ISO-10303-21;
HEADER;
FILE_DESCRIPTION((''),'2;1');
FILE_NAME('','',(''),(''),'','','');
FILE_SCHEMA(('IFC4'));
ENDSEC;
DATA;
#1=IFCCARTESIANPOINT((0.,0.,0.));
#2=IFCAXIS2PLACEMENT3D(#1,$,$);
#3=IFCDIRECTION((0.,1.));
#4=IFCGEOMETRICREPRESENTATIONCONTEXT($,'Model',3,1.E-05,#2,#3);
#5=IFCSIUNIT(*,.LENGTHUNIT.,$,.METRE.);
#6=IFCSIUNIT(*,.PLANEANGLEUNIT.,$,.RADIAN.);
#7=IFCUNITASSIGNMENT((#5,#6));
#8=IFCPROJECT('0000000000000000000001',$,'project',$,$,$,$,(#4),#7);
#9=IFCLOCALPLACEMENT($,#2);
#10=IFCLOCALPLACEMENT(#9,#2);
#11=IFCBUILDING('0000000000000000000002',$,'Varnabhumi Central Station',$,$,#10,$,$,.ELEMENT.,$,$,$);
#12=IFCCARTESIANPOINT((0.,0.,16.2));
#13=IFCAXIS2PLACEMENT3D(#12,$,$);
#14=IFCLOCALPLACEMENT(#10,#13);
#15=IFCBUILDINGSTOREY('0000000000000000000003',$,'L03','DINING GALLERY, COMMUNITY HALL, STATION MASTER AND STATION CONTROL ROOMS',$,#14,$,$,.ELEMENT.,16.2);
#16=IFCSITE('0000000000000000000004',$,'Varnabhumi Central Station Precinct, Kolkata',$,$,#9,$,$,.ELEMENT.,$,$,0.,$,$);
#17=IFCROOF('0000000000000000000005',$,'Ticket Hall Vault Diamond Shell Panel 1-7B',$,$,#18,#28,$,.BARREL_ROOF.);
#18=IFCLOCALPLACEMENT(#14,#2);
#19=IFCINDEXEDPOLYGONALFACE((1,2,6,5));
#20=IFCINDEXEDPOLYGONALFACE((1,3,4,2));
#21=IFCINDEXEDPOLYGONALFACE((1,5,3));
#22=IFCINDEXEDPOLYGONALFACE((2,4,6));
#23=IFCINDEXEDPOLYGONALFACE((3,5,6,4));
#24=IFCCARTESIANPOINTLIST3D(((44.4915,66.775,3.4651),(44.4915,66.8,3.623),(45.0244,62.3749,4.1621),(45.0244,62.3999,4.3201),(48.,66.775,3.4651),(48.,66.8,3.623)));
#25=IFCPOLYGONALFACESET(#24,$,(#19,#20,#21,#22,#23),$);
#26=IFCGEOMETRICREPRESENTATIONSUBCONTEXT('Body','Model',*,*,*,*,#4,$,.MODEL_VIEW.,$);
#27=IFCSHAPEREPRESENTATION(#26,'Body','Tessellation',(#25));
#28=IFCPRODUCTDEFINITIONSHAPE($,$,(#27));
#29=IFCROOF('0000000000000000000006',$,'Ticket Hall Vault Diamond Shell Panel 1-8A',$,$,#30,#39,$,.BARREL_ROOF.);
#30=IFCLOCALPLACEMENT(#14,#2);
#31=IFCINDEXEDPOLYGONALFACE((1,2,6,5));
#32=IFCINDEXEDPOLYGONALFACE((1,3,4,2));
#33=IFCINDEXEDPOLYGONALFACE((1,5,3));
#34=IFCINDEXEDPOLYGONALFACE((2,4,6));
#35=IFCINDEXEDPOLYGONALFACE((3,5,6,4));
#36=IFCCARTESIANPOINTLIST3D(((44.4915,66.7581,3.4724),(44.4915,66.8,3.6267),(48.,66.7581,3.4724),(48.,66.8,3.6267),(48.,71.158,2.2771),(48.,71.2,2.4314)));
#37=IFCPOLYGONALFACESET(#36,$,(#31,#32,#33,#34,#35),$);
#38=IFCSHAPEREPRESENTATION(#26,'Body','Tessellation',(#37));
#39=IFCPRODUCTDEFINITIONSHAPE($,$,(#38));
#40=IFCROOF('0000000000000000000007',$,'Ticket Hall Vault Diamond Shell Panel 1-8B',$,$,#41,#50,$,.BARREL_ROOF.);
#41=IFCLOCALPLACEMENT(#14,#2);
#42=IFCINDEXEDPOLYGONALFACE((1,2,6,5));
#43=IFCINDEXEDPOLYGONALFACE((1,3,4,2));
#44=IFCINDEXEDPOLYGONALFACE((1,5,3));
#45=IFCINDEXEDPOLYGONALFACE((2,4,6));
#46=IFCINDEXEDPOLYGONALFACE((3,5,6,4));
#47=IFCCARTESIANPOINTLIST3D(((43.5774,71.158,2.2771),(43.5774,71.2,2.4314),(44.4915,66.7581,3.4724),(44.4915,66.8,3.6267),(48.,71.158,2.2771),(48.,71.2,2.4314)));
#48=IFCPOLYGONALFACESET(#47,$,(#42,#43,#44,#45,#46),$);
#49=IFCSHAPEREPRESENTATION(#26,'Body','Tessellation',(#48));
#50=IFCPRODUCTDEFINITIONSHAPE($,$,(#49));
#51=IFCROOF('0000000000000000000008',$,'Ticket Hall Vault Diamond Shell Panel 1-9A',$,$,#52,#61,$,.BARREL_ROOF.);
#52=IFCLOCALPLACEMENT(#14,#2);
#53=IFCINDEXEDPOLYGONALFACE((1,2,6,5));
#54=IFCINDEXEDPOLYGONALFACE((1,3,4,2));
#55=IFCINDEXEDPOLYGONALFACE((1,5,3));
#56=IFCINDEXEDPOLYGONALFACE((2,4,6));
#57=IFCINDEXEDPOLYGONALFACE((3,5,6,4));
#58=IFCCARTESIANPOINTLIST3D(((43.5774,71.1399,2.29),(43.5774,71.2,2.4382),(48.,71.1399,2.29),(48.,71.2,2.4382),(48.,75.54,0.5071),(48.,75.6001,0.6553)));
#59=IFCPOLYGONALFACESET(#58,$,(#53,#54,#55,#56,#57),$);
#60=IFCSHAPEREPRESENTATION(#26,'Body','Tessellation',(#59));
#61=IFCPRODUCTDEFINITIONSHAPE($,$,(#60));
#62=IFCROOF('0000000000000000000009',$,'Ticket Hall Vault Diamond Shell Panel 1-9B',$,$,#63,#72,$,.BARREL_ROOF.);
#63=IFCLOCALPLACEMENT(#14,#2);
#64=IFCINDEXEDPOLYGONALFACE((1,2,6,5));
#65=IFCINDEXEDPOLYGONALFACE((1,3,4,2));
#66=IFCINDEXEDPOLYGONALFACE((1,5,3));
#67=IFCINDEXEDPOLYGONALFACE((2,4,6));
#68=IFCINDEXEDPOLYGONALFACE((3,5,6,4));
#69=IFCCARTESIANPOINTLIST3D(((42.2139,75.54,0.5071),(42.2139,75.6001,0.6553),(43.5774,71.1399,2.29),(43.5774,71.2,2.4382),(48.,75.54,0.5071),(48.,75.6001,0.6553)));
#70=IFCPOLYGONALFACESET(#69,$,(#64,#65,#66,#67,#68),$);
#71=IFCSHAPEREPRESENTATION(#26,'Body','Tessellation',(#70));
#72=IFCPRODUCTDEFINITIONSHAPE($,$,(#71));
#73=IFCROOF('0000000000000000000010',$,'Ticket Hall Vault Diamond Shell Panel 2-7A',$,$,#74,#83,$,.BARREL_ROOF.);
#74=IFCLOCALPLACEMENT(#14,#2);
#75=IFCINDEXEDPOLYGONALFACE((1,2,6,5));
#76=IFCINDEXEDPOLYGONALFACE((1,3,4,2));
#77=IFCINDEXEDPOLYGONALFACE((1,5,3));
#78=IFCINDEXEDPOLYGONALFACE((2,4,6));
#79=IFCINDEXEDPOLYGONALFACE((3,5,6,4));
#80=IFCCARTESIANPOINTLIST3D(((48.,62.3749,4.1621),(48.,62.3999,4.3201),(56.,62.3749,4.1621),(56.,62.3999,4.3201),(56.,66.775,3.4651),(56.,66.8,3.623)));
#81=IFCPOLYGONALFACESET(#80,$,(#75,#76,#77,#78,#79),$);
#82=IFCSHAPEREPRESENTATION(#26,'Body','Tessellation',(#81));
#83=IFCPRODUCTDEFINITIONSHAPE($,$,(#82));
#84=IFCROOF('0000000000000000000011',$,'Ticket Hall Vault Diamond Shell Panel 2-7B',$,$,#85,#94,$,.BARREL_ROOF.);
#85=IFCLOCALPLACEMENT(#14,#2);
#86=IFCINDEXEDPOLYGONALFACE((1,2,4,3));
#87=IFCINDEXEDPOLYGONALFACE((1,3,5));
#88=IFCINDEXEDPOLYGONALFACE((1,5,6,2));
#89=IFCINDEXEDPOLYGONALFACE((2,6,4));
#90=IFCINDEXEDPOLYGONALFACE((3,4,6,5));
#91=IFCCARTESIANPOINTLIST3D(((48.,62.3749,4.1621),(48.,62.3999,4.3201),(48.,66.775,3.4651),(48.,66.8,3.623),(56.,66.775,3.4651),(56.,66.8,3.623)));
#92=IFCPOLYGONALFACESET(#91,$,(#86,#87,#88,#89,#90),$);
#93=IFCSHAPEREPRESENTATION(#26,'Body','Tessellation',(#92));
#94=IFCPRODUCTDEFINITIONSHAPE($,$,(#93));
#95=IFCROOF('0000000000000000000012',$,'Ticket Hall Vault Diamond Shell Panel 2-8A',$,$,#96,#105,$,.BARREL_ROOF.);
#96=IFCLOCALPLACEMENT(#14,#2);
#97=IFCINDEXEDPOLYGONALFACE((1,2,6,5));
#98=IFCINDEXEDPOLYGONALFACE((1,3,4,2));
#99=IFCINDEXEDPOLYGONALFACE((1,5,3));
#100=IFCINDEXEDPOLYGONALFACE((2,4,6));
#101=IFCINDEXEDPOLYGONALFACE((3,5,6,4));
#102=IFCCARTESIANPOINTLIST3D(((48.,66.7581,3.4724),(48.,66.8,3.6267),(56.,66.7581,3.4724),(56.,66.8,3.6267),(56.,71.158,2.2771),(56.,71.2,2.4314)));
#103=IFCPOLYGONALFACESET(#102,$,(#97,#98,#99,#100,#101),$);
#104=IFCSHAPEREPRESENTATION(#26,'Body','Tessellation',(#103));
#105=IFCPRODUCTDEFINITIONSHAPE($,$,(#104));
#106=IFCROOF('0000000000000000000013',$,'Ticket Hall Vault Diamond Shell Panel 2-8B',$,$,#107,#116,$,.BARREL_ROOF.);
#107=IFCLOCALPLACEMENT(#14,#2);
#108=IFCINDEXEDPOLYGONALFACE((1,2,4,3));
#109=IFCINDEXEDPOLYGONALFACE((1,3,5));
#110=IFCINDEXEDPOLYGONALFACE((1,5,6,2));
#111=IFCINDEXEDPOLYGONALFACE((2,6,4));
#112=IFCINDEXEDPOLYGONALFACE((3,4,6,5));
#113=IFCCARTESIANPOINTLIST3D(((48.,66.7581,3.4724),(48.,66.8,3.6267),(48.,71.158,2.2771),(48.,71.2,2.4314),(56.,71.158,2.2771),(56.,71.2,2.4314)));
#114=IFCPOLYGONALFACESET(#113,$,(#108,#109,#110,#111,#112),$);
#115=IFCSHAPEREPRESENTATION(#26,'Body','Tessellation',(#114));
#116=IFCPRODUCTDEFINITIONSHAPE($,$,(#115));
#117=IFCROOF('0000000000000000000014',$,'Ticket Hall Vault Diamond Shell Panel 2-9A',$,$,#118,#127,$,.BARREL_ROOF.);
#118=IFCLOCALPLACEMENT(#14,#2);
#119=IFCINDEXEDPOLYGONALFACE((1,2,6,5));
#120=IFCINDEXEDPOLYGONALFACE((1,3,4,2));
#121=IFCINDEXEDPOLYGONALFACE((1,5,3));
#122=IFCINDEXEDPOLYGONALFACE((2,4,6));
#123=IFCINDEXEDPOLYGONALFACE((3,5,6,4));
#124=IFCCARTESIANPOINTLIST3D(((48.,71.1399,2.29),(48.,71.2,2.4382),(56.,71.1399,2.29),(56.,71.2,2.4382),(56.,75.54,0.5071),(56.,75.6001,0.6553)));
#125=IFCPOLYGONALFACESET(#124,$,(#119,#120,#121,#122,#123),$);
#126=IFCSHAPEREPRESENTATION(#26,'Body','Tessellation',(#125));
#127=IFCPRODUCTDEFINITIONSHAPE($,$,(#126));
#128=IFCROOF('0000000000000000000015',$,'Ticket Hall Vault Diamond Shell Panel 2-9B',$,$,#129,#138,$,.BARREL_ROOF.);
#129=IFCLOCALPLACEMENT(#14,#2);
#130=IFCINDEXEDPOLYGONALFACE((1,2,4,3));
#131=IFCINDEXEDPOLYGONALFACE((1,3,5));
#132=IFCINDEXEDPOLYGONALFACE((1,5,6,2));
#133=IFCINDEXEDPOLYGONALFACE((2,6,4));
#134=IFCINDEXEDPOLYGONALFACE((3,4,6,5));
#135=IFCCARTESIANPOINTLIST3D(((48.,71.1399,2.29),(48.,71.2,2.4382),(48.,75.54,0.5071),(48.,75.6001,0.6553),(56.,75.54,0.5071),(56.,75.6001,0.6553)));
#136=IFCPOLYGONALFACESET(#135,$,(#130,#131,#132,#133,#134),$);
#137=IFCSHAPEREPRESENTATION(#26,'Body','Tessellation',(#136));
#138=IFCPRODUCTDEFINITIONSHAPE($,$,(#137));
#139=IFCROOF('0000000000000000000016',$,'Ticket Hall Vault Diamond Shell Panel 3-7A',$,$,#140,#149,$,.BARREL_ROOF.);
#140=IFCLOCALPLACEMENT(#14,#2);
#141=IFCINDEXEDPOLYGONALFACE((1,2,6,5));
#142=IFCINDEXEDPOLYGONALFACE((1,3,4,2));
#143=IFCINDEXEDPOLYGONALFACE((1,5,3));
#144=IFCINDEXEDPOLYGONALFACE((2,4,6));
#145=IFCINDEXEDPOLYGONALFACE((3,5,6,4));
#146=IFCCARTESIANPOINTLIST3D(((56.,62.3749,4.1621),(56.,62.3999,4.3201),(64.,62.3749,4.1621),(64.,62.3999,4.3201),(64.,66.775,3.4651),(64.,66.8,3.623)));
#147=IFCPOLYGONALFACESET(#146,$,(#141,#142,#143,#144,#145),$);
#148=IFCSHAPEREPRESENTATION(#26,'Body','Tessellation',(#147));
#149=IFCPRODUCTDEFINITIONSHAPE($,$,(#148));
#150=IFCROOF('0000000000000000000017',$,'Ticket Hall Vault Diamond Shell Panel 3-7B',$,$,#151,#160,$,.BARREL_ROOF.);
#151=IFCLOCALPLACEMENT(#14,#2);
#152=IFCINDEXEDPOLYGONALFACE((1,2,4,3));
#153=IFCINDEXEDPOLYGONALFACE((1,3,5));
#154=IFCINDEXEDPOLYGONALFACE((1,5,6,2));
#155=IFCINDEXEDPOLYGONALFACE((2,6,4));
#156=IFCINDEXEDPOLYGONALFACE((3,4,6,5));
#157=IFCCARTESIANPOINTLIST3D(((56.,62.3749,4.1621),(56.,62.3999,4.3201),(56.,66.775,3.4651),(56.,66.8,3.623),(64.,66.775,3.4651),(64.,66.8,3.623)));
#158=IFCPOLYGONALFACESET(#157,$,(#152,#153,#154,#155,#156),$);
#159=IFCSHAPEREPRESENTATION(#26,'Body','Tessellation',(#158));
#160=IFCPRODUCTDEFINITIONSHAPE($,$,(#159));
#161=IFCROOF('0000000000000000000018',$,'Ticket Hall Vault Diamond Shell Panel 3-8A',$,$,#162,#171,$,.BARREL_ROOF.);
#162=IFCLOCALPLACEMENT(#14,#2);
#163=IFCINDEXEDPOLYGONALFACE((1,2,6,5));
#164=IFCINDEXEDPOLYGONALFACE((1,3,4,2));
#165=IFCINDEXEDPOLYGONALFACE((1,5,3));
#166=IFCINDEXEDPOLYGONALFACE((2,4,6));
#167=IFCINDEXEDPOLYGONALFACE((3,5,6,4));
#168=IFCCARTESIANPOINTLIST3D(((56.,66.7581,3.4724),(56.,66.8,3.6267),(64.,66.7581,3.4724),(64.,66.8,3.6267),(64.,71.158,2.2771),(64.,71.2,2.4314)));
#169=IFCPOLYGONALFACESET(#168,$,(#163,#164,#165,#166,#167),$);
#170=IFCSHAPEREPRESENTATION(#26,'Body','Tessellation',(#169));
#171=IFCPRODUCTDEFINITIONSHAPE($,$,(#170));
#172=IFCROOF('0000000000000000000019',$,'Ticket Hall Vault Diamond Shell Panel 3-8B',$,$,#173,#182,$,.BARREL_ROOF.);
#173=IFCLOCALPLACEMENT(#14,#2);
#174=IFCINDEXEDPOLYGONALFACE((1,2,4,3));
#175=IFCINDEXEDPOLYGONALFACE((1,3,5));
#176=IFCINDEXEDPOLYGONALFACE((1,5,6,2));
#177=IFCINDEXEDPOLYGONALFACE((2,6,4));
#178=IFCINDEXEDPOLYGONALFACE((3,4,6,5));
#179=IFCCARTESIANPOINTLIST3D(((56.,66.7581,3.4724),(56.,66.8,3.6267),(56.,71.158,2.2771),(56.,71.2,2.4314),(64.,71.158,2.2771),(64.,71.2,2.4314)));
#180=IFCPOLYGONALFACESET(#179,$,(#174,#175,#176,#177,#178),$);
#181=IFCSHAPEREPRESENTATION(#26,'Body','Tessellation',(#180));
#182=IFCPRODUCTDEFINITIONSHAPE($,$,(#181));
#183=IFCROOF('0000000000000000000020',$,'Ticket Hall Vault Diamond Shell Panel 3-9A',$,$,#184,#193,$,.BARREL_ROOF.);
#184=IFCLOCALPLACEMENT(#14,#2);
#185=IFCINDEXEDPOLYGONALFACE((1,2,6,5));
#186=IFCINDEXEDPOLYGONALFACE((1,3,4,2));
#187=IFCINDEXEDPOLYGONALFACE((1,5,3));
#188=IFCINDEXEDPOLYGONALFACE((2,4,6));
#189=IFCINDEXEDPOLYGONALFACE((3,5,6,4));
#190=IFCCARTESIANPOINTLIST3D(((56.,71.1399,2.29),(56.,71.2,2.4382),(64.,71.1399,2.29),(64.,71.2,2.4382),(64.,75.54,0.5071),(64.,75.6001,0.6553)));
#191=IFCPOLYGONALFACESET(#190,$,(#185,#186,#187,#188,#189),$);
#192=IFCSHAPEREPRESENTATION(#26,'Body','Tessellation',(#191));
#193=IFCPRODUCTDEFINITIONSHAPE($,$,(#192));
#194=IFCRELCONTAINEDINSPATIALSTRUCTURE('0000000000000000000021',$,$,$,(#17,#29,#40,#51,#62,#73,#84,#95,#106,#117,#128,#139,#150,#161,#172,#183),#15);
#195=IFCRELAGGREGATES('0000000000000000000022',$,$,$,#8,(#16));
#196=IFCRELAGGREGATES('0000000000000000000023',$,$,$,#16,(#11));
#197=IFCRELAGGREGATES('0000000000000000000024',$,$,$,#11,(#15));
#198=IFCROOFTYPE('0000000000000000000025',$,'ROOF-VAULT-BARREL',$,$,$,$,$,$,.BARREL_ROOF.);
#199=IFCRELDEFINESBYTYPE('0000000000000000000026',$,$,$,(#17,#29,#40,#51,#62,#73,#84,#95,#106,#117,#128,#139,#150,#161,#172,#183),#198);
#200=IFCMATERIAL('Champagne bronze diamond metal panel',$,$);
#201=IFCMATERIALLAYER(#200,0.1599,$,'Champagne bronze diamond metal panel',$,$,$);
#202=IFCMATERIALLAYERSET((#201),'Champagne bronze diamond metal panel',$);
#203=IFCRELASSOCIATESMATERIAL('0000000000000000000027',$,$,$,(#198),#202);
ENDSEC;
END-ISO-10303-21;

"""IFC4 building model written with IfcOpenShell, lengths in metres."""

from ifc_helpers import new_model, si_unit, direction, frame, origin, place, context, subcontext, project, spatial, polyline, outline, extrude, material, layer, layer_set, type_object, element, save


model = new_model("IFC4")

# Units and contexts
model_context = context("Model", 3, precision=1e-05, world=origin(), true_north=direction((0.0, 1.0)))
body_context = subcontext(model_context, "Body", "Model", "MODEL_VIEW")
ifc_project = project(units=[si_unit("LENGTHUNIT", "METRE"), si_unit("PLANEANGLEUNIT", "RADIAN")], contexts=[model_context])

# Site, building, storey
site_placement = place(None, origin())
site = spatial("IfcSite", under=ifc_project, at=site_placement, Name="Varnabhumi Central Station Precinct, Kolkata", CompositionType="ELEMENT", RefElevation=0.0)
building_placement = place(site_placement, origin())
building = spatial("IfcBuilding", under=site, at=building_placement, Name="Varnabhumi Central Station", CompositionType="ELEMENT")
storey_placement = place(building_placement, frame((0.0, 0.0, 16.2)))
storey = spatial("IfcBuildingStorey", under=building, at=storey_placement, Name="L03", Description="DINING GALLERY, COMMUNITY HALL, STATION MASTER AND STATION CONTROL ROOMS", CompositionType="ELEMENT", Elevation=16.2)

# Roofs
ifc_material_1 = material(Name="Champagne bronze diamond metal panel")
ifc_layer_1 = layer(ifc_material_1, 0.1599, Name="Champagne bronze diamond metal panel")
ifc_layer_set_1 = layer_set([ifc_layer_1], Name="Champagne bronze diamond metal panel")
roof_type = type_object("IfcRoofType", Name="ROOF-VAULT-BARREL", PredefinedType="BARREL_ROOF", material=ifc_layer_set_1)
roof_1_placement = place(storey_placement, frame((45.0244, 62.3999, 4.3201), z_axis=(0.0, 0.156458, 0.987685), x_axis=(0.555421, 0.821328, -0.130106)))
element("IfcRoof", 1, at=roof_1_placement, inside=storey, type_object=roof_type, Name="Ticket Hall Vault Diamond Shell Panel 1-7B", PredefinedType="BARREL_ROOF", context=body_context, shape_type="SweptSolid", body=[
    extrude(outline(polyline([(0.0, 0.0), (5.3574, 0.0), (3.4086, 2.9176), (0.0, 0.0)])), origin(), (0.0, 0.0, -1.0), 0.1599),
])
roof_2_placement = place(storey_placement, frame((44.4915, 66.8, 3.6267), z_axis=(0.0, 0.262166, 0.965023), x_axis=(1.0, 0.0, 0.0)))
element("IfcRoof", 2, at=roof_2_placement, inside=storey, type_object=roof_type, Name="Ticket Hall Vault Diamond Shell Panel 1-8A", PredefinedType="BARREL_ROOF", context=body_context, shape_type="SweptSolid", body=[
    extrude(outline(polyline([(0.0, 0.0), (3.5085, 0.0), (3.5085, 4.5594), (0.0, 0.0)])), origin(), (0.0, 0.0, -1.0), 0.1599),
])
roof_3_placement = place(storey_placement, frame((44.4915, 66.8, 3.6267), z_axis=(0.0, 0.262166, 0.965023), x_axis=(0.609856, 0.764792, -0.20777)))
element("IfcRoof", 3, at=roof_3_placement, inside=storey, type_object=roof_type, Name="Ticket Hall Vault Diamond Shell Panel 1-8B", PredefinedType="BARREL_ROOF", context=body_context, shape_type="SweptSolid", body=[
    extrude(outline(polyline([(0.0, 0.0), (5.7531, 0.0), (3.0559, 3.505), (0.0, 0.0)])), origin(), (0.0, 0.0, -1.0), 0.1599),
])
roof_4_placement = place(storey_placement, frame((43.5774, 71.2, 2.4382), z_axis=(0.0, 0.375545, 0.926804), x_axis=(1.0, 0.0, 0.0)))
element("IfcRoof", 4, at=roof_4_placement, inside=storey, type_object=roof_type, Name="Ticket Hall Vault Diamond Shell Panel 1-9A", PredefinedType="BARREL_ROOF", context=body_context, shape_type="SweptSolid", body=[
    extrude(outline(polyline([(0.0, 0.0), (4.4226, 0.0), (4.4226, 4.7477), (0.0, 0.0)])), origin(), (0.0, 0.0, -1.0), 0.1599),
])
roof_5_placement = place(storey_placement, frame((43.5774, 71.2, 2.4382), z_axis=(0.0, 0.375545, 0.926804), x_axis=(0.681615, 0.678153, -0.274791)))
element("IfcRoof", 5, at=roof_5_placement, inside=storey, type_object=roof_type, Name="Ticket Hall Vault Diamond Shell Panel 1-9B", PredefinedType="BARREL_ROOF", context=body_context, shape_type="SweptSolid", body=[
    extrude(outline(polyline([(0.0, 0.0), (6.4884, 0.0), (2.5445, 4.2338), (0.0, 0.0)])), origin(), (0.0, 0.0, -1.0), 0.1599),
])
roof_6_placement = place(storey_placement, frame((48.0, 62.3999, 4.3201), z_axis=(0.0, 0.156458, 0.987685), x_axis=(1.0, 0.0, 0.0)))
element("IfcRoof", 6, at=roof_6_placement, inside=storey, type_object=roof_type, Name="Ticket Hall Vault Diamond Shell Panel 2-7A", PredefinedType="BARREL_ROOF", context=body_context, shape_type="SweptSolid", body=[
    extrude(outline(polyline([(0.0, 0.0), (8.0, 0.0), (8.0, 4.455), (0.0, 0.0)])), origin(), (0.0, 0.0, -1.0), 0.1599),
])
roof_7_placement = place(storey_placement, frame((48.0, 62.3999, 4.3201), z_axis=(0.0, 0.156458, 0.987685), x_axis=(0.873667, 0.480533, -0.076121)))
element("IfcRoof", 7, at=roof_7_placement, inside=storey, type_object=roof_type, Name="Ticket Hall Vault Diamond Shell Panel 2-7B", PredefinedType="BARREL_ROOF", context=body_context, shape_type="SweptSolid", body=[
    extrude(outline(polyline([(0.0, 0.0), (9.1568, 0.0), (2.1675, 3.8922), (0.0, 0.0)])), origin(), (0.0, 0.0, -1.0), 0.1599),
])
roof_8_placement = place(storey_placement, frame((48.0, 66.8, 3.6267), z_axis=(0.0, 0.262166, 0.965023), x_axis=(1.0, 0.0, 0.0)))
element("IfcRoof", 8, at=roof_8_placement, inside=storey, type_object=roof_type, Name="Ticket Hall Vault Diamond Shell Panel 2-8A", PredefinedType="BARREL_ROOF", context=body_context, shape_type="SweptSolid", body=[
    extrude(outline(polyline([(0.0, 0.0), (8.0, 0.0), (8.0, 4.5594), (0.0, 0.0)])), origin(), (0.0, 0.0, -1.0), 0.1599),
])
roof_9_placement = place(storey_placement, frame((48.0, 66.8, 3.6267), z_axis=(0.0, 0.262166, 0.965023), x_axis=(0.868806, 0.477833, -0.129812)))
element("IfcRoof", 9, at=roof_9_placement, inside=storey, type_object=roof_type, Name="Ticket Hall Vault Diamond Shell Panel 2-8B", PredefinedType="BARREL_ROOF", context=body_context, shape_type="SweptSolid", body=[
    extrude(outline(polyline([(0.0, 0.0), (9.208, 0.0), (2.2576, 3.9612), (0.0, 0.0)])), origin(), (0.0, 0.0, -1.0), 0.1599),
])
roof_10_placement = place(storey_placement, frame((48.0, 71.2, 2.4382), z_axis=(0.0, 0.375545, 0.926804), x_axis=(1.0, 0.0, 0.0)))
element("IfcRoof", 10, at=roof_10_placement, inside=storey, type_object=roof_type, Name="Ticket Hall Vault Diamond Shell Panel 2-9A", PredefinedType="BARREL_ROOF", context=body_context, shape_type="SweptSolid", body=[
    extrude(outline(polyline([(0.0, 0.0), (8.0, 0.0), (8.0, 4.7477), (0.0, 0.0)])), origin(), (0.0, 0.0, -1.0), 0.1599),
])
roof_11_placement = place(storey_placement, frame((48.0, 71.2, 2.4382), z_axis=(0.0, 0.375545, 0.926804), x_axis=(0.859965, 0.472997, -0.19166)))
element("IfcRoof", 11, at=roof_11_placement, inside=storey, type_object=roof_type, Name="Ticket Hall Vault Diamond Shell Panel 2-9B", PredefinedType="BARREL_ROOF", context=body_context, shape_type="SweptSolid", body=[
    extrude(outline(polyline([(0.0, 0.0), (9.3027, 0.0), (2.423, 4.0828), (0.0, 0.0)])), origin(), (0.0, 0.0, -1.0), 0.1599),
])
roof_12_placement = place(storey_placement, frame((56.0, 62.3999, 4.3201), z_axis=(0.0, 0.156458, 0.987685), x_axis=(1.0, 0.0, 0.0)))
element("IfcRoof", 12, at=roof_12_placement, inside=storey, type_object=roof_type, Name="Ticket Hall Vault Diamond Shell Panel 3-7A", PredefinedType="BARREL_ROOF", context=body_context, shape_type="SweptSolid", body=[
    extrude(outline(polyline([(0.0, 0.0), (8.0, 0.0), (8.0, 4.455), (0.0, 0.0)])), origin(), (0.0, 0.0, -1.0), 0.1599),
])
roof_13_placement = place(storey_placement, frame((56.0, 62.3999, 4.3201), z_axis=(0.0, 0.156458, 0.987685), x_axis=(0.873667, 0.480533, -0.076121)))
element("IfcRoof", 13, at=roof_13_placement, inside=storey, type_object=roof_type, Name="Ticket Hall Vault Diamond Shell Panel 3-7B", PredefinedType="BARREL_ROOF", context=body_context, shape_type="SweptSolid", body=[
    extrude(outline(polyline([(0.0, 0.0), (9.1568, 0.0), (2.1675, 3.8922), (0.0, 0.0)])), origin(), (0.0, 0.0, -1.0), 0.1599),
])
roof_14_placement = place(storey_placement, frame((56.0, 66.8, 3.6267), z_axis=(0.0, 0.262166, 0.965023), x_axis=(1.0, 0.0, 0.0)))
element("IfcRoof", 14, at=roof_14_placement, inside=storey, type_object=roof_type, Name="Ticket Hall Vault Diamond Shell Panel 3-8A", PredefinedType="BARREL_ROOF", context=body_context, shape_type="SweptSolid", body=[
    extrude(outline(polyline([(0.0, 0.0), (8.0, 0.0), (8.0, 4.5594), (0.0, 0.0)])), origin(), (0.0, 0.0, -1.0), 0.1599),
])
roof_15_placement = place(storey_placement, frame((56.0, 66.8, 3.6267), z_axis=(0.0, 0.262166, 0.965023), x_axis=(0.868806, 0.477833, -0.129812)))
element("IfcRoof", 15, at=roof_15_placement, inside=storey, type_object=roof_type, Name="Ticket Hall Vault Diamond Shell Panel 3-8B", PredefinedType="BARREL_ROOF", context=body_context, shape_type="SweptSolid", body=[
    extrude(outline(polyline([(0.0, 0.0), (9.208, 0.0), (2.2576, 3.9612), (0.0, 0.0)])), origin(), (0.0, 0.0, -1.0), 0.1599),
])
roof_16_placement = place(storey_placement, frame((56.0, 71.2, 2.4382), z_axis=(0.0, 0.375545, 0.926804), x_axis=(1.0, 0.0, 0.0)))
element("IfcRoof", 16, at=roof_16_placement, inside=storey, type_object=roof_type, Name="Ticket Hall Vault Diamond Shell Panel 3-9A", PredefinedType="BARREL_ROOF", context=body_context, shape_type="SweptSolid", body=[
    extrude(outline(polyline([(0.0, 0.0), (8.0, 0.0), (8.0, 4.7477), (0.0, 0.0)])), origin(), (0.0, 0.0, -1.0), 0.1599),
])

save(model, "model.ifc")
